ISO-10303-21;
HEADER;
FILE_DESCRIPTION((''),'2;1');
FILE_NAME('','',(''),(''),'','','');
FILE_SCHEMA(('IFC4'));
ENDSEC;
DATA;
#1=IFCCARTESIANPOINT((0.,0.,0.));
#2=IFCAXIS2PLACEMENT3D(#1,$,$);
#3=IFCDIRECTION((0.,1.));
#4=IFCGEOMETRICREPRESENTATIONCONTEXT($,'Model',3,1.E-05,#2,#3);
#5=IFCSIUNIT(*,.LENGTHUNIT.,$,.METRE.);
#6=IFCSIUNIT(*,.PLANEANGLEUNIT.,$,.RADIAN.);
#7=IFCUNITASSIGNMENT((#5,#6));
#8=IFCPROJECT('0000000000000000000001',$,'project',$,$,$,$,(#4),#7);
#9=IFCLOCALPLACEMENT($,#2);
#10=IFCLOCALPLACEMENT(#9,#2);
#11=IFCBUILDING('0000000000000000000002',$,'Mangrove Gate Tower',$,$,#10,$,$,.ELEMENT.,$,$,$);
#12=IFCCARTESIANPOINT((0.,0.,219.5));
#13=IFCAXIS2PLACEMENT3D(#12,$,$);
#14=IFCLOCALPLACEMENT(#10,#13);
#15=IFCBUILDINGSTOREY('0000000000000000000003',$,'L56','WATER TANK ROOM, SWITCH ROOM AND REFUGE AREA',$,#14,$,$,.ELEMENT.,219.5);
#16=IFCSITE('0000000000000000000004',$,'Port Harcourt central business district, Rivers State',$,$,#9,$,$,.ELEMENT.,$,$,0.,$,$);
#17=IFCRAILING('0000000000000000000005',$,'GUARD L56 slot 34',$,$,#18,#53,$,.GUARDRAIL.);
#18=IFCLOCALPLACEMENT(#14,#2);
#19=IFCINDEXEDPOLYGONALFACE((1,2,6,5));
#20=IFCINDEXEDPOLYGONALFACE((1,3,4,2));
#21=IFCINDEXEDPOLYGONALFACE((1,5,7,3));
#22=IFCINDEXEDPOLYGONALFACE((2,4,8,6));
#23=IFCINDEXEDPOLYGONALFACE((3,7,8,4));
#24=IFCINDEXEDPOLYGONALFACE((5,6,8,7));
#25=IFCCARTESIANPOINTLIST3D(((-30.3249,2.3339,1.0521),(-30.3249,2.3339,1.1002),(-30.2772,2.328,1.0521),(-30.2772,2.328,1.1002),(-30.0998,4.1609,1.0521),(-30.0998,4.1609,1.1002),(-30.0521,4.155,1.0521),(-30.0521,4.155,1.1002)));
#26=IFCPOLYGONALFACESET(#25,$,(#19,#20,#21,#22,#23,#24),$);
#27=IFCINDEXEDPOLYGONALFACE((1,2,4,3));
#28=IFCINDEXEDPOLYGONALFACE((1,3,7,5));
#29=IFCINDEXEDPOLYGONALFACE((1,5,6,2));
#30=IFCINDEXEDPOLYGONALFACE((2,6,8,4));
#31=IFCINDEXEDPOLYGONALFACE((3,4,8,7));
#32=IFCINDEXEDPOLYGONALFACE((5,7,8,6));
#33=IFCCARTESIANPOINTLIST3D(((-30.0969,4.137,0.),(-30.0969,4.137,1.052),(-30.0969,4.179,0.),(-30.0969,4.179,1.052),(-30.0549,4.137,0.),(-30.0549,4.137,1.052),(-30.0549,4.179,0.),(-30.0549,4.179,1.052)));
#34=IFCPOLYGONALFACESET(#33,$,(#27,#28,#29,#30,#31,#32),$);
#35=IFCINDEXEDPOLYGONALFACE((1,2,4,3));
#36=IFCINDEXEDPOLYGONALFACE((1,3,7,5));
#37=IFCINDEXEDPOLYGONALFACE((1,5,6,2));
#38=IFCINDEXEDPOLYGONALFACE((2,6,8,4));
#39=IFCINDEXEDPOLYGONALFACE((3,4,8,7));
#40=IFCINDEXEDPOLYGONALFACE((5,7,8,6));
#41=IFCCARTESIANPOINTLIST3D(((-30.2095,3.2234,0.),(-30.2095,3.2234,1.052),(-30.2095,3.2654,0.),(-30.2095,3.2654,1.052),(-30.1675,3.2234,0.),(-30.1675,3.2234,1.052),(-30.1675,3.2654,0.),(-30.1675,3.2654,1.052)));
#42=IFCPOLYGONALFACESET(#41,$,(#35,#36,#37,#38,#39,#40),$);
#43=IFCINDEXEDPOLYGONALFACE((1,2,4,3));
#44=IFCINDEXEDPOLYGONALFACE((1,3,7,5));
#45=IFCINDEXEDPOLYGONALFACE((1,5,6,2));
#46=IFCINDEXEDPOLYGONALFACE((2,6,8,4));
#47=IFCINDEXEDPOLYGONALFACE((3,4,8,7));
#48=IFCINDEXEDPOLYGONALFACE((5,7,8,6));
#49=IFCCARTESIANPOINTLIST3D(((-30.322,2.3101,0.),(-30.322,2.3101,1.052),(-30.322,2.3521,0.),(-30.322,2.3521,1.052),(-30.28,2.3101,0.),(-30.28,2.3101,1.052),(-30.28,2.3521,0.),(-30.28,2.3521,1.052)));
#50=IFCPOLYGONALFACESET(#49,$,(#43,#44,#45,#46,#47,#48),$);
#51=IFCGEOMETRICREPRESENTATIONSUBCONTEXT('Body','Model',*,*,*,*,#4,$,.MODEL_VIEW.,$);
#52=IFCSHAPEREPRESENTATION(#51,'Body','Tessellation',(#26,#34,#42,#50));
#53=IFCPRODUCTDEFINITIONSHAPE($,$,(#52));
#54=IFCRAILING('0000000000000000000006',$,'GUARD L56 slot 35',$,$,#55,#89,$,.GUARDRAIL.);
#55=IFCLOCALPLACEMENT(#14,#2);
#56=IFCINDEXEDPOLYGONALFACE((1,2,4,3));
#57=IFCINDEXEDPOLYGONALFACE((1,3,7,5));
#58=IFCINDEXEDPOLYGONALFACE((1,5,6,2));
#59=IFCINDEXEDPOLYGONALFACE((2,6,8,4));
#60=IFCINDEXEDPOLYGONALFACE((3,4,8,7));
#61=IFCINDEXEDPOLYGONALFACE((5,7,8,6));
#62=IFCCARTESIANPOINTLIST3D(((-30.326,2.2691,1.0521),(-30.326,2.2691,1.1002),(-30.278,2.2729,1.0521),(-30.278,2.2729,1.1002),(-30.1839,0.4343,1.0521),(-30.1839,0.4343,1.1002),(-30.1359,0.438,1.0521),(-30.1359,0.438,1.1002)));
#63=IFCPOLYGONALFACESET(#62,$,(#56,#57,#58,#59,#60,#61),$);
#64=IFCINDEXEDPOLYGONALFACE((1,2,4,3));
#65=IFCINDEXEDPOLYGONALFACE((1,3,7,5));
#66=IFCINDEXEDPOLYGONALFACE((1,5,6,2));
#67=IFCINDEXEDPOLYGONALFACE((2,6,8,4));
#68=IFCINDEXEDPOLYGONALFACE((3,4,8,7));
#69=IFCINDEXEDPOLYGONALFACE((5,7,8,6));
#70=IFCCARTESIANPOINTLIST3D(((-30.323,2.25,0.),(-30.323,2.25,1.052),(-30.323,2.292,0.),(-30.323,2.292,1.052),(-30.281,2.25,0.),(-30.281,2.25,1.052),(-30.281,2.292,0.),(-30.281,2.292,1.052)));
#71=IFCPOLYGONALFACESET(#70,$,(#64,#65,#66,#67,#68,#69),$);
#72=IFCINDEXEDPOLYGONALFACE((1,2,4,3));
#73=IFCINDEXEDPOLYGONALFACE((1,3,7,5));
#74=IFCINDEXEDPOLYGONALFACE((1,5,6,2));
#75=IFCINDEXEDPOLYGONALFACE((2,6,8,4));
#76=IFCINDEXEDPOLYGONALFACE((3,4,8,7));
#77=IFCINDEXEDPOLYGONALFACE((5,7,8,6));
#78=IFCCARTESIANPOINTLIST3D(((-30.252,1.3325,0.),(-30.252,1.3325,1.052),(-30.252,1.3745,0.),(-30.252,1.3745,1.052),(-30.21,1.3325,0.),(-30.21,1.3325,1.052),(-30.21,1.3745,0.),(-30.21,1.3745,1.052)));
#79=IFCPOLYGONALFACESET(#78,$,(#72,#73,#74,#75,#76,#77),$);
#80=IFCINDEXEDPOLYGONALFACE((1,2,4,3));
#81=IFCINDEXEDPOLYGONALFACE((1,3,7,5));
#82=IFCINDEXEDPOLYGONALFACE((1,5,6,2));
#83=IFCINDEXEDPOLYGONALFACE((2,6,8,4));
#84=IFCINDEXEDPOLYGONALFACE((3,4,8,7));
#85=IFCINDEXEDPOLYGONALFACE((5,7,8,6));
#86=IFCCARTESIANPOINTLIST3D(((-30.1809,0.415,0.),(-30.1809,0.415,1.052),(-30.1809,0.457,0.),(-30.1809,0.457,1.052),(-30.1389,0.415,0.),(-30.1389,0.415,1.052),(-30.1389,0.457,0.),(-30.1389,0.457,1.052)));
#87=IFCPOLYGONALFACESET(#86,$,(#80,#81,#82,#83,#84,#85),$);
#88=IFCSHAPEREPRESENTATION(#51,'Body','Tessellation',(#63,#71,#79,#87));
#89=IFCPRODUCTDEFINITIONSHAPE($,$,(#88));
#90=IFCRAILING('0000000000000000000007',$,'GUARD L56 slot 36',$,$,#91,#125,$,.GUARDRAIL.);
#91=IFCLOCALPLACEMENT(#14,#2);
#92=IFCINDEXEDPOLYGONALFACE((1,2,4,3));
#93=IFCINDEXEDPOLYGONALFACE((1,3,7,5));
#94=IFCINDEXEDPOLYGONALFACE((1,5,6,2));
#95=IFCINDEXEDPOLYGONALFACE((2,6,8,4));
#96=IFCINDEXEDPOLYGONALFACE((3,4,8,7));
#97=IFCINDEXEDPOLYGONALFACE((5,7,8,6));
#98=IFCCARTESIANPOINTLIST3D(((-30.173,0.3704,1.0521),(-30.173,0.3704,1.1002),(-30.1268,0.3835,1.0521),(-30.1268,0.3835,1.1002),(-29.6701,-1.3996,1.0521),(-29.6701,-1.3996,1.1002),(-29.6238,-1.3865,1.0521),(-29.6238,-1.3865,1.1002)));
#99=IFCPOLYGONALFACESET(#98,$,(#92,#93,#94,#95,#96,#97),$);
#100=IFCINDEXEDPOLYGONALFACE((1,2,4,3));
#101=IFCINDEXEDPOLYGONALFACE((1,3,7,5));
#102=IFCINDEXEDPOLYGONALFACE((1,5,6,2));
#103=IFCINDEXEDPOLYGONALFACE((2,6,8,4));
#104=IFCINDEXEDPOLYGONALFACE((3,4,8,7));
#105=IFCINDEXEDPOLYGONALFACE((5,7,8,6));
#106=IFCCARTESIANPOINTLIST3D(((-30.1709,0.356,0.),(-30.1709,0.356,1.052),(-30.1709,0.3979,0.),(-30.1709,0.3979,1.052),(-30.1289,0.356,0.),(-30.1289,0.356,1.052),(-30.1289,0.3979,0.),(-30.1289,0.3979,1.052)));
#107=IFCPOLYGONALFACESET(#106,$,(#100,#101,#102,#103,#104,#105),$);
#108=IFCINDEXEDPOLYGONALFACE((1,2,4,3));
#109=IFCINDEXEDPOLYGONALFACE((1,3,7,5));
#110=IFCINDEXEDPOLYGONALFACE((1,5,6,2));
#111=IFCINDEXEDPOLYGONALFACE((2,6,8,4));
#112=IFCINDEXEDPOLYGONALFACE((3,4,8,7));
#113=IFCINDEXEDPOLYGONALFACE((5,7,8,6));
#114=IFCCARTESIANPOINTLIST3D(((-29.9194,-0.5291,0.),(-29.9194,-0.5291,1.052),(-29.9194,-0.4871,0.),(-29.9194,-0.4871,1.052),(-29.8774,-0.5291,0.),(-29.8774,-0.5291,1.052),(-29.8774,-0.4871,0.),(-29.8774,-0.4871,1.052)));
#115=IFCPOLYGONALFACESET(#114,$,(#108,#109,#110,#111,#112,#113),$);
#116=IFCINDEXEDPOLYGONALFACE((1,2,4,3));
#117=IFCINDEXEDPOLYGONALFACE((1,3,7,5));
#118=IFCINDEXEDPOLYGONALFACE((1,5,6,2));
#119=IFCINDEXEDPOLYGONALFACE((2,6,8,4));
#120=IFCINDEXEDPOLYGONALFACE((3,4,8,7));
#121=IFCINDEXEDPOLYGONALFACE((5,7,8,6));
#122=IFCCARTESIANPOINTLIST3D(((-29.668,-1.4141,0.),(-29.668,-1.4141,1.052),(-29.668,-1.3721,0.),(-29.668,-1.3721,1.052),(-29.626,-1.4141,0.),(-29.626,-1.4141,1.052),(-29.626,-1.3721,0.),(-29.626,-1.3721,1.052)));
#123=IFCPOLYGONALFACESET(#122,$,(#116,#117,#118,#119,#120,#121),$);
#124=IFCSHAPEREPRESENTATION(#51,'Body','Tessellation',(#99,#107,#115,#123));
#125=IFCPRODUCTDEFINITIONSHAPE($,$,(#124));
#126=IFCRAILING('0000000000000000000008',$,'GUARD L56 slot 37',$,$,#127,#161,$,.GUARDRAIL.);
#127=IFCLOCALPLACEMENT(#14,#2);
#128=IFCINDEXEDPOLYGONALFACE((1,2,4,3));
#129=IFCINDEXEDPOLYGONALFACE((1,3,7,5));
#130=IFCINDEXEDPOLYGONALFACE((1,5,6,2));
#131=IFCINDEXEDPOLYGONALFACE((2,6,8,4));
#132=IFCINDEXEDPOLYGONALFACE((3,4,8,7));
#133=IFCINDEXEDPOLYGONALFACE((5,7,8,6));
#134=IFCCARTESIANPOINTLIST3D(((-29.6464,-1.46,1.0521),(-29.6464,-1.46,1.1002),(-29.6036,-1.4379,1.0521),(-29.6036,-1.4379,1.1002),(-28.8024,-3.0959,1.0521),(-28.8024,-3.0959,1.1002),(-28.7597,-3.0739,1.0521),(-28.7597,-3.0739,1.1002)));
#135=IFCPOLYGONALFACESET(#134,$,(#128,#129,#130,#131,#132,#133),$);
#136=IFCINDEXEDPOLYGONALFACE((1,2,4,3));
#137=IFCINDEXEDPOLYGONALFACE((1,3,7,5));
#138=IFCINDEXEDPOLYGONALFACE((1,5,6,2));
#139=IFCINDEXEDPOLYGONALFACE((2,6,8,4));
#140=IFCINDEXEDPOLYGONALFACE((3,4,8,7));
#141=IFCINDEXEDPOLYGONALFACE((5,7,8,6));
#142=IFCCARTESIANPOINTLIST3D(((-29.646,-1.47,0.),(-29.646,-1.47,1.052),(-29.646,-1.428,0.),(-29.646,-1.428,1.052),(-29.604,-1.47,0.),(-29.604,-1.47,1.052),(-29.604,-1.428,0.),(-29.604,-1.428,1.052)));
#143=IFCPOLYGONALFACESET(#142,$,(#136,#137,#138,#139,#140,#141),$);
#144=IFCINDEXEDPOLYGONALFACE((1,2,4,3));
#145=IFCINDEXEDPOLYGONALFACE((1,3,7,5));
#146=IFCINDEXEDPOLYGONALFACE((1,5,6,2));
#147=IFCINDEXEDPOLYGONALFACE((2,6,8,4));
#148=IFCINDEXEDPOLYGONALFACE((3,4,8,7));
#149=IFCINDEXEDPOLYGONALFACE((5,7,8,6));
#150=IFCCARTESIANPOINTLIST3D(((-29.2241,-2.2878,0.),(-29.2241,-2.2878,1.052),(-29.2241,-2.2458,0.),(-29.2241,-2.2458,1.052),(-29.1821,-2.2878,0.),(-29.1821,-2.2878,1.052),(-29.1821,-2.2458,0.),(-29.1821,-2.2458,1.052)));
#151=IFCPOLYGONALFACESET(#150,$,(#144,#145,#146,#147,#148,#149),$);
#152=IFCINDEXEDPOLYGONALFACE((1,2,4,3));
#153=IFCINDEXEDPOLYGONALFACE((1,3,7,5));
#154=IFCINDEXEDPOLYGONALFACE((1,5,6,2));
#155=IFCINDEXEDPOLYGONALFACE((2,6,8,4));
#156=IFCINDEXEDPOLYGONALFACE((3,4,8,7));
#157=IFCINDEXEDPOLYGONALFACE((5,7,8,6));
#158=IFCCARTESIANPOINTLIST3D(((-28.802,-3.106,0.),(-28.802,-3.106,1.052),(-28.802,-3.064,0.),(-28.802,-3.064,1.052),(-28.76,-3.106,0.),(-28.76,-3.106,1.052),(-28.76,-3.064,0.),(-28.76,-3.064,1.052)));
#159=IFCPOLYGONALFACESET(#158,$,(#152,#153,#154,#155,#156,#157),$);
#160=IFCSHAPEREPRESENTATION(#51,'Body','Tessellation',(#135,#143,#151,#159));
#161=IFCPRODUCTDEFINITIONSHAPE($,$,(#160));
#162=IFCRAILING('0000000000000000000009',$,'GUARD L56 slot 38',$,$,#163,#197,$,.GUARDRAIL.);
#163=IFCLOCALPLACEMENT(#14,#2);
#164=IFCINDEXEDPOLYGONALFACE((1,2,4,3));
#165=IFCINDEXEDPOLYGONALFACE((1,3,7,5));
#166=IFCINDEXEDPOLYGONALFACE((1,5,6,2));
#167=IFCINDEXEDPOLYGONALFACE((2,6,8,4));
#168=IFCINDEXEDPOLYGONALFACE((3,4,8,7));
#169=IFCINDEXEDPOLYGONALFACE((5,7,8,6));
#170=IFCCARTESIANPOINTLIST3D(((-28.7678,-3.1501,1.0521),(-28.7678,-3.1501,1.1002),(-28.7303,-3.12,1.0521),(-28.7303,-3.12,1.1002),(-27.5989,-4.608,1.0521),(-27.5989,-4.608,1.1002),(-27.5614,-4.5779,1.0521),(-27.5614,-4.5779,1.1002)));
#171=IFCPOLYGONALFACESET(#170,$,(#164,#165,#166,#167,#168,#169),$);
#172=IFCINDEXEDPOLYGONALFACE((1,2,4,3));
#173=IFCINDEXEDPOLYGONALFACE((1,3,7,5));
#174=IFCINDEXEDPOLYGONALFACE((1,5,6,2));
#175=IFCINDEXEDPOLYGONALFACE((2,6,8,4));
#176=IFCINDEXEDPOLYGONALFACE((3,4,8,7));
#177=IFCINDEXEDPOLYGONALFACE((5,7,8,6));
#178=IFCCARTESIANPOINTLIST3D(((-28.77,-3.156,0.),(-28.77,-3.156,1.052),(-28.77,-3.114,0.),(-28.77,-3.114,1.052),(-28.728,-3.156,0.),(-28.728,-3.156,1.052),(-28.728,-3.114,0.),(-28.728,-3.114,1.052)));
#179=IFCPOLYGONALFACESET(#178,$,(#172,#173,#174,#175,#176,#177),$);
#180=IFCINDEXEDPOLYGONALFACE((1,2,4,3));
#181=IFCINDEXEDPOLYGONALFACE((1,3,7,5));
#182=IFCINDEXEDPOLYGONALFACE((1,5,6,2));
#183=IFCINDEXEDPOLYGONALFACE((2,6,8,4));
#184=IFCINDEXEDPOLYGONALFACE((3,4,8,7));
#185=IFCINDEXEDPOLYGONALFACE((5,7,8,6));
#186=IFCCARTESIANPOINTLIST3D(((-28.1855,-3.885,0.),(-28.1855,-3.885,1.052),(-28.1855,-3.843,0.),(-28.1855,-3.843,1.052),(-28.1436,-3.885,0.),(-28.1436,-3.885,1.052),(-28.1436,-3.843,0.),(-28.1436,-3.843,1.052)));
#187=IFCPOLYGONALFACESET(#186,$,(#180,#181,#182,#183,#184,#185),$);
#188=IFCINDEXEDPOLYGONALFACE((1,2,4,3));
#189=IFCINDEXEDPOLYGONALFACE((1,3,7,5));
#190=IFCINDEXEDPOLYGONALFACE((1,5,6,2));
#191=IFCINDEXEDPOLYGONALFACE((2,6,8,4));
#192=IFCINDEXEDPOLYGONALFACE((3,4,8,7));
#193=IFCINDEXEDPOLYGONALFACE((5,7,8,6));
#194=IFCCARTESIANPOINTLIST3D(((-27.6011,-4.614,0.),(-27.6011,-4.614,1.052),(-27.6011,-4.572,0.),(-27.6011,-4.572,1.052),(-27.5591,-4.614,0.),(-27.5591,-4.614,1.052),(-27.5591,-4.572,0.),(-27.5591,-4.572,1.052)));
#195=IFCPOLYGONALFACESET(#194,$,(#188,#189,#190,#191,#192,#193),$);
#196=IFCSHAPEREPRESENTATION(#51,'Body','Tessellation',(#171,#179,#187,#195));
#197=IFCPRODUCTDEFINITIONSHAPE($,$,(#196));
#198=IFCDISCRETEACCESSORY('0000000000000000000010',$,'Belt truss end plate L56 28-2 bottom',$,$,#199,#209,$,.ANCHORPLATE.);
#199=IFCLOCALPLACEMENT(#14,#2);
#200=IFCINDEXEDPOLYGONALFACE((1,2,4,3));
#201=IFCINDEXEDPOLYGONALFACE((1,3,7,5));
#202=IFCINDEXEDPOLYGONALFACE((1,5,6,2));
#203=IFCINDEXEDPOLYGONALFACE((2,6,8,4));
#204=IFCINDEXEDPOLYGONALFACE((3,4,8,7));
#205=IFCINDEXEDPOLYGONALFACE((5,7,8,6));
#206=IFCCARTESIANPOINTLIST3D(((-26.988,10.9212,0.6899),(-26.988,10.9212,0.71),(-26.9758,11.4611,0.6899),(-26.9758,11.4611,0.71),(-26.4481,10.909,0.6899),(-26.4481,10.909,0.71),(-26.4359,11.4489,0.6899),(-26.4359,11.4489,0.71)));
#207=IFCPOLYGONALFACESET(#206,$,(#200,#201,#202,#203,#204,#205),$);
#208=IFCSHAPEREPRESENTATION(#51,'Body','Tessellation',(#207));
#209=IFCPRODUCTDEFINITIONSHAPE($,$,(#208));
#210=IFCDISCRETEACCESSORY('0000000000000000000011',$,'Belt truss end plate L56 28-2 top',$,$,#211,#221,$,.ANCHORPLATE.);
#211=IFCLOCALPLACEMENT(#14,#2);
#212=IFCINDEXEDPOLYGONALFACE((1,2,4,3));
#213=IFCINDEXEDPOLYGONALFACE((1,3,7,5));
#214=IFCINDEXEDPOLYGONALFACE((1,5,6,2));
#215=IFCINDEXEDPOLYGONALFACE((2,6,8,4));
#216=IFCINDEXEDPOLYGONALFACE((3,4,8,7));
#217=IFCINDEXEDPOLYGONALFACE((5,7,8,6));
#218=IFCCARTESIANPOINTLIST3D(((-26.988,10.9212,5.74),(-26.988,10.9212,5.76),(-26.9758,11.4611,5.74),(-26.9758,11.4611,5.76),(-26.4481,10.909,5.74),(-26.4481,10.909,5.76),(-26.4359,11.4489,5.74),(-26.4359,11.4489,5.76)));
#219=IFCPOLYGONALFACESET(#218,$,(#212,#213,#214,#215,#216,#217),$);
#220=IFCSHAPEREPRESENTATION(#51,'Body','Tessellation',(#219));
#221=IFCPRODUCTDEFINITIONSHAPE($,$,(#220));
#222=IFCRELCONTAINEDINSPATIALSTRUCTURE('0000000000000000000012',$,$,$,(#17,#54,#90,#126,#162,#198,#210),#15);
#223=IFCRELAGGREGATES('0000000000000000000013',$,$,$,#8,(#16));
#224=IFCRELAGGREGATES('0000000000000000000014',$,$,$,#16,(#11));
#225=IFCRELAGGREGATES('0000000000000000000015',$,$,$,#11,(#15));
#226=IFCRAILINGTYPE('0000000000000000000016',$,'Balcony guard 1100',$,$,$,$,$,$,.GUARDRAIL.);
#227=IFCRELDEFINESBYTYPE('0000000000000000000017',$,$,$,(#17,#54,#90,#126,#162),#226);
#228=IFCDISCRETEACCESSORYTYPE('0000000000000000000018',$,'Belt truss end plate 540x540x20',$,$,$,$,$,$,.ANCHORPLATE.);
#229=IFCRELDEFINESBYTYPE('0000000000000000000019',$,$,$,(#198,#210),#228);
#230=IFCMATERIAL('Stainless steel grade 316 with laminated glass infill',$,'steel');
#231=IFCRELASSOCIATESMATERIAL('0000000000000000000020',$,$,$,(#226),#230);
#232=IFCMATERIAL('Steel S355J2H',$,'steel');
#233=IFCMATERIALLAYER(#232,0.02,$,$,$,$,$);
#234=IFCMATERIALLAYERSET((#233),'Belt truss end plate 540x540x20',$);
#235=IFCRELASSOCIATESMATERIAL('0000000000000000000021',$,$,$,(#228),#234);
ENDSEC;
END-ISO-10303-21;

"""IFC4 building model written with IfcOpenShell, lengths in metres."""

from ifc_helpers import new_model, si_unit, direction, frame, origin, origin_2d, place, context, subcontext, project, spatial, rectangle, extrude, material, layer, layer_set, type_object, element, save


model = new_model("IFC4")

# Units and contexts
model_context = context("Model", 3, precision=1e-05, world=origin(), true_north=direction((0.0, 1.0)))
body_context = subcontext(model_context, "Body", "Model", "MODEL_VIEW")
ifc_project = project(units=[si_unit("LENGTHUNIT", "METRE"), si_unit("PLANEANGLEUNIT", "RADIAN")], contexts=[model_context])

# Site, building, storey
site_placement = place(None, origin())
site = spatial("IfcSite", under=ifc_project, at=site_placement, Name="Port Harcourt central business district, Rivers State", CompositionType="ELEMENT", RefElevation=0.0)
building_placement = place(site_placement, origin())
building = spatial("IfcBuilding", under=site, at=building_placement, Name="Mangrove Gate Tower", CompositionType="ELEMENT")
storey_placement = place(building_placement, frame((0.0, 0.0, 219.5)))
storey = spatial("IfcBuildingStorey", under=building, at=storey_placement, Name="L56", Description="WATER TANK ROOM, SWITCH ROOM AND REFUGE AREA", CompositionType="ELEMENT", Elevation=219.5)

# Railings
ifc_material_1 = material(Name="Stainless steel grade 316 with laminated glass infill", Category="steel")
railing_type = type_object("IfcRailingType", Name="Balcony guard 1100", PredefinedType="GUARDRAIL", material=ifc_material_1)
railing_1_placement = place(storey_placement, frame((-30.0759, 4.158, 0.0)))
element("IfcRailing", 1, at=railing_1_placement, inside=storey, type_object=railing_type, Name="GUARD L56 slot 34", PredefinedType="GUARDRAIL", context=body_context, shape_type="SweptSolid", body=[
    extrude(rectangle(XDim=0.0481, YDim=0.0481, at=origin_2d()), frame((0.0, 0.0, 1.0762), z_axis=(-0.122288, -0.992495, 0.0), x_axis=(0.992495, -0.122288, 0.0)), (0.0, 0.0, 1.0), 1.8408),
    extrude(rectangle(XDim=0.042, YDim=0.042, at=origin_2d()), origin(), (0.0, 0.0, 1.0), 1.052),
    extrude(rectangle(XDim=0.042, YDim=0.042, at=origin_2d()), frame((-0.1125, -0.9136, 0.0)), (0.0, 0.0, 1.0), 1.052),
    extrude(rectangle(XDim=0.042, YDim=0.042, at=origin_2d()), frame((-0.2251, -1.8269, 0.0)), (0.0, 0.0, 1.0), 1.052),
])
railing_2_placement = place(storey_placement, frame((-30.302, 2.271, 0.0)))
element("IfcRailing", 2, at=railing_2_placement, inside=storey, type_object=railing_type, Name="GUARD L56 slot 35", PredefinedType="GUARDRAIL", context=body_context, shape_type="SweptSolid", body=[
    extrude(rectangle(XDim=0.0481, YDim=0.0481, at=origin_2d()), frame((0.0, 0.0, 1.0762), z_axis=(0.077204, -0.997015, 0.0), x_axis=(0.997015, 0.077204, 0.0)), (0.0, 0.0, 1.0), 1.8403),
    extrude(rectangle(XDim=0.042, YDim=0.042, at=origin_2d()), origin(), (0.0, 0.0, 1.0), 1.052),
    extrude(rectangle(XDim=0.042, YDim=0.042, at=origin_2d()), frame((0.071, -0.9175, 0.0)), (0.0, 0.0, 1.0), 1.052),
    extrude(rectangle(XDim=0.042, YDim=0.042, at=origin_2d()), frame((0.1421, -1.835, 0.0)), (0.0, 0.0, 1.0), 1.052),
])
railing_3_placement = place(storey_placement, frame((-30.1499, 0.377, 0.0)))
element("IfcRailing", 3, at=railing_3_placement, inside=storey, type_object=railing_type, Name="GUARD L56 slot 36", PredefinedType="GUARDRAIL", context=body_context, shape_type="SweptSolid", body=[
    extrude(rectangle(XDim=0.0481, YDim=0.0481, at=origin_2d()), frame((0.0, 0.0, 1.0762), z_axis=(0.273319, -0.961923, 0.0), x_axis=(0.961923, 0.273319, 0.0)), (0.0, 0.0, 1.0), 1.8401),
    extrude(rectangle(XDim=0.042, YDim=0.042, at=origin_2d()), origin(), (0.0, 0.0, 1.0), 1.052),
    extrude(rectangle(XDim=0.042, YDim=0.042, at=origin_2d()), frame((0.2515, -0.885, 0.0)), (0.0, 0.0, 1.0), 1.052),
    extrude(rectangle(XDim=0.042, YDim=0.042, at=origin_2d()), frame((0.5029, -1.77, 0.0)), (0.0, 0.0, 1.0), 1.052),
])
railing_4_placement = place(storey_placement, frame((-29.625, -1.449, 0.0)))
element("IfcRailing", 4, at=railing_4_placement, inside=storey, type_object=railing_type, Name="GUARD L56 slot 37", PredefinedType="GUARDRAIL", context=body_context, shape_type="SweptSolid", body=[
    extrude(rectangle(XDim=0.0481, YDim=0.0481, at=origin_2d()), frame((0.0, 0.0, 1.0762), z_axis=(0.458477, -0.888706, 0.0), x_axis=(0.888706, 0.458477, 0.0)), (0.0, 0.0, 1.0), 1.8408),
    extrude(rectangle(XDim=0.042, YDim=0.042, at=origin_2d()), origin(), (0.0, 0.0, 1.0), 1.052),
    extrude(rectangle(XDim=0.042, YDim=0.042, at=origin_2d()), frame((0.4219, -0.8179, 0.0)), (0.0, 0.0, 1.0), 1.052),
    extrude(rectangle(XDim=0.042, YDim=0.042, at=origin_2d()), frame((0.844, -1.636, 0.0)), (0.0, 0.0, 1.0), 1.052),
])
railing_5_placement = place(storey_placement, frame((-28.749, -3.135, 0.0)))
element("IfcRailing", 5, at=railing_5_placement, inside=storey, type_object=railing_type, Name="GUARD L56 slot 38", PredefinedType="GUARDRAIL", context=body_context, shape_type="SweptSolid", body=[
    extrude(rectangle(XDim=0.0481, YDim=0.0481, at=origin_2d()), frame((0.0, 0.0, 1.0762), z_axis=(0.625523, -0.780206, 0.0), x_axis=(0.780206, 0.625523, 0.0)), (0.0, 0.0, 1.0), 1.8687),
    extrude(rectangle(XDim=0.042, YDim=0.042, at=origin_2d()), origin(), (0.0, 0.0, 1.0), 1.052),
    extrude(rectangle(XDim=0.042, YDim=0.042, at=origin_2d()), frame((0.5845, -0.729, 0.0)), (0.0, 0.0, 1.0), 1.052),
    extrude(rectangle(XDim=0.042, YDim=0.042, at=origin_2d()), frame((1.1689, -1.458, 0.0)), (0.0, 0.0, 1.0), 1.052),
])

# Discrete accessories
ifc_material_2 = material(Name="Steel S355J2H", Category="steel")
ifc_layer_1 = layer(ifc_material_2, 0.02)
ifc_layer_set_1 = layer_set([ifc_layer_1], Name="Belt truss end plate 540x540x20")
discrete_accessory_type = type_object("IfcDiscreteAccessoryType", Name="Belt truss end plate 540x540x20", PredefinedType="ANCHORPLATE", material=ifc_layer_set_1)
for number, where, z_axis, x_axis, name in (
    (6, (-26.7119, 11.1851, 0.6899), (0.0, 0.0, 1.0), (-0.022586, -0.999745, 0.0), "Belt truss end plate L56 28-2 bottom"),
    (7, (-26.7119, 11.1851, 5.74), (0.0, 0.0, 1.0), (-0.022586, -0.999745, 0.0), "Belt truss end plate L56 28-2 top"),
):
    element("IfcDiscreteAccessory", number, at=place(storey_placement, frame(where, z_axis=z_axis, x_axis=x_axis)), inside=storey, type_object=discrete_accessory_type, Name=name, PredefinedType="ANCHORPLATE", context=body_context, shape_type="SweptSolid", body=[
        extrude(rectangle(XDim=0.54, YDim=0.54, at=origin_2d()), origin(), (0.0, 0.0, 1.0), 0.02),
    ])

save(model, "model.ifc")
